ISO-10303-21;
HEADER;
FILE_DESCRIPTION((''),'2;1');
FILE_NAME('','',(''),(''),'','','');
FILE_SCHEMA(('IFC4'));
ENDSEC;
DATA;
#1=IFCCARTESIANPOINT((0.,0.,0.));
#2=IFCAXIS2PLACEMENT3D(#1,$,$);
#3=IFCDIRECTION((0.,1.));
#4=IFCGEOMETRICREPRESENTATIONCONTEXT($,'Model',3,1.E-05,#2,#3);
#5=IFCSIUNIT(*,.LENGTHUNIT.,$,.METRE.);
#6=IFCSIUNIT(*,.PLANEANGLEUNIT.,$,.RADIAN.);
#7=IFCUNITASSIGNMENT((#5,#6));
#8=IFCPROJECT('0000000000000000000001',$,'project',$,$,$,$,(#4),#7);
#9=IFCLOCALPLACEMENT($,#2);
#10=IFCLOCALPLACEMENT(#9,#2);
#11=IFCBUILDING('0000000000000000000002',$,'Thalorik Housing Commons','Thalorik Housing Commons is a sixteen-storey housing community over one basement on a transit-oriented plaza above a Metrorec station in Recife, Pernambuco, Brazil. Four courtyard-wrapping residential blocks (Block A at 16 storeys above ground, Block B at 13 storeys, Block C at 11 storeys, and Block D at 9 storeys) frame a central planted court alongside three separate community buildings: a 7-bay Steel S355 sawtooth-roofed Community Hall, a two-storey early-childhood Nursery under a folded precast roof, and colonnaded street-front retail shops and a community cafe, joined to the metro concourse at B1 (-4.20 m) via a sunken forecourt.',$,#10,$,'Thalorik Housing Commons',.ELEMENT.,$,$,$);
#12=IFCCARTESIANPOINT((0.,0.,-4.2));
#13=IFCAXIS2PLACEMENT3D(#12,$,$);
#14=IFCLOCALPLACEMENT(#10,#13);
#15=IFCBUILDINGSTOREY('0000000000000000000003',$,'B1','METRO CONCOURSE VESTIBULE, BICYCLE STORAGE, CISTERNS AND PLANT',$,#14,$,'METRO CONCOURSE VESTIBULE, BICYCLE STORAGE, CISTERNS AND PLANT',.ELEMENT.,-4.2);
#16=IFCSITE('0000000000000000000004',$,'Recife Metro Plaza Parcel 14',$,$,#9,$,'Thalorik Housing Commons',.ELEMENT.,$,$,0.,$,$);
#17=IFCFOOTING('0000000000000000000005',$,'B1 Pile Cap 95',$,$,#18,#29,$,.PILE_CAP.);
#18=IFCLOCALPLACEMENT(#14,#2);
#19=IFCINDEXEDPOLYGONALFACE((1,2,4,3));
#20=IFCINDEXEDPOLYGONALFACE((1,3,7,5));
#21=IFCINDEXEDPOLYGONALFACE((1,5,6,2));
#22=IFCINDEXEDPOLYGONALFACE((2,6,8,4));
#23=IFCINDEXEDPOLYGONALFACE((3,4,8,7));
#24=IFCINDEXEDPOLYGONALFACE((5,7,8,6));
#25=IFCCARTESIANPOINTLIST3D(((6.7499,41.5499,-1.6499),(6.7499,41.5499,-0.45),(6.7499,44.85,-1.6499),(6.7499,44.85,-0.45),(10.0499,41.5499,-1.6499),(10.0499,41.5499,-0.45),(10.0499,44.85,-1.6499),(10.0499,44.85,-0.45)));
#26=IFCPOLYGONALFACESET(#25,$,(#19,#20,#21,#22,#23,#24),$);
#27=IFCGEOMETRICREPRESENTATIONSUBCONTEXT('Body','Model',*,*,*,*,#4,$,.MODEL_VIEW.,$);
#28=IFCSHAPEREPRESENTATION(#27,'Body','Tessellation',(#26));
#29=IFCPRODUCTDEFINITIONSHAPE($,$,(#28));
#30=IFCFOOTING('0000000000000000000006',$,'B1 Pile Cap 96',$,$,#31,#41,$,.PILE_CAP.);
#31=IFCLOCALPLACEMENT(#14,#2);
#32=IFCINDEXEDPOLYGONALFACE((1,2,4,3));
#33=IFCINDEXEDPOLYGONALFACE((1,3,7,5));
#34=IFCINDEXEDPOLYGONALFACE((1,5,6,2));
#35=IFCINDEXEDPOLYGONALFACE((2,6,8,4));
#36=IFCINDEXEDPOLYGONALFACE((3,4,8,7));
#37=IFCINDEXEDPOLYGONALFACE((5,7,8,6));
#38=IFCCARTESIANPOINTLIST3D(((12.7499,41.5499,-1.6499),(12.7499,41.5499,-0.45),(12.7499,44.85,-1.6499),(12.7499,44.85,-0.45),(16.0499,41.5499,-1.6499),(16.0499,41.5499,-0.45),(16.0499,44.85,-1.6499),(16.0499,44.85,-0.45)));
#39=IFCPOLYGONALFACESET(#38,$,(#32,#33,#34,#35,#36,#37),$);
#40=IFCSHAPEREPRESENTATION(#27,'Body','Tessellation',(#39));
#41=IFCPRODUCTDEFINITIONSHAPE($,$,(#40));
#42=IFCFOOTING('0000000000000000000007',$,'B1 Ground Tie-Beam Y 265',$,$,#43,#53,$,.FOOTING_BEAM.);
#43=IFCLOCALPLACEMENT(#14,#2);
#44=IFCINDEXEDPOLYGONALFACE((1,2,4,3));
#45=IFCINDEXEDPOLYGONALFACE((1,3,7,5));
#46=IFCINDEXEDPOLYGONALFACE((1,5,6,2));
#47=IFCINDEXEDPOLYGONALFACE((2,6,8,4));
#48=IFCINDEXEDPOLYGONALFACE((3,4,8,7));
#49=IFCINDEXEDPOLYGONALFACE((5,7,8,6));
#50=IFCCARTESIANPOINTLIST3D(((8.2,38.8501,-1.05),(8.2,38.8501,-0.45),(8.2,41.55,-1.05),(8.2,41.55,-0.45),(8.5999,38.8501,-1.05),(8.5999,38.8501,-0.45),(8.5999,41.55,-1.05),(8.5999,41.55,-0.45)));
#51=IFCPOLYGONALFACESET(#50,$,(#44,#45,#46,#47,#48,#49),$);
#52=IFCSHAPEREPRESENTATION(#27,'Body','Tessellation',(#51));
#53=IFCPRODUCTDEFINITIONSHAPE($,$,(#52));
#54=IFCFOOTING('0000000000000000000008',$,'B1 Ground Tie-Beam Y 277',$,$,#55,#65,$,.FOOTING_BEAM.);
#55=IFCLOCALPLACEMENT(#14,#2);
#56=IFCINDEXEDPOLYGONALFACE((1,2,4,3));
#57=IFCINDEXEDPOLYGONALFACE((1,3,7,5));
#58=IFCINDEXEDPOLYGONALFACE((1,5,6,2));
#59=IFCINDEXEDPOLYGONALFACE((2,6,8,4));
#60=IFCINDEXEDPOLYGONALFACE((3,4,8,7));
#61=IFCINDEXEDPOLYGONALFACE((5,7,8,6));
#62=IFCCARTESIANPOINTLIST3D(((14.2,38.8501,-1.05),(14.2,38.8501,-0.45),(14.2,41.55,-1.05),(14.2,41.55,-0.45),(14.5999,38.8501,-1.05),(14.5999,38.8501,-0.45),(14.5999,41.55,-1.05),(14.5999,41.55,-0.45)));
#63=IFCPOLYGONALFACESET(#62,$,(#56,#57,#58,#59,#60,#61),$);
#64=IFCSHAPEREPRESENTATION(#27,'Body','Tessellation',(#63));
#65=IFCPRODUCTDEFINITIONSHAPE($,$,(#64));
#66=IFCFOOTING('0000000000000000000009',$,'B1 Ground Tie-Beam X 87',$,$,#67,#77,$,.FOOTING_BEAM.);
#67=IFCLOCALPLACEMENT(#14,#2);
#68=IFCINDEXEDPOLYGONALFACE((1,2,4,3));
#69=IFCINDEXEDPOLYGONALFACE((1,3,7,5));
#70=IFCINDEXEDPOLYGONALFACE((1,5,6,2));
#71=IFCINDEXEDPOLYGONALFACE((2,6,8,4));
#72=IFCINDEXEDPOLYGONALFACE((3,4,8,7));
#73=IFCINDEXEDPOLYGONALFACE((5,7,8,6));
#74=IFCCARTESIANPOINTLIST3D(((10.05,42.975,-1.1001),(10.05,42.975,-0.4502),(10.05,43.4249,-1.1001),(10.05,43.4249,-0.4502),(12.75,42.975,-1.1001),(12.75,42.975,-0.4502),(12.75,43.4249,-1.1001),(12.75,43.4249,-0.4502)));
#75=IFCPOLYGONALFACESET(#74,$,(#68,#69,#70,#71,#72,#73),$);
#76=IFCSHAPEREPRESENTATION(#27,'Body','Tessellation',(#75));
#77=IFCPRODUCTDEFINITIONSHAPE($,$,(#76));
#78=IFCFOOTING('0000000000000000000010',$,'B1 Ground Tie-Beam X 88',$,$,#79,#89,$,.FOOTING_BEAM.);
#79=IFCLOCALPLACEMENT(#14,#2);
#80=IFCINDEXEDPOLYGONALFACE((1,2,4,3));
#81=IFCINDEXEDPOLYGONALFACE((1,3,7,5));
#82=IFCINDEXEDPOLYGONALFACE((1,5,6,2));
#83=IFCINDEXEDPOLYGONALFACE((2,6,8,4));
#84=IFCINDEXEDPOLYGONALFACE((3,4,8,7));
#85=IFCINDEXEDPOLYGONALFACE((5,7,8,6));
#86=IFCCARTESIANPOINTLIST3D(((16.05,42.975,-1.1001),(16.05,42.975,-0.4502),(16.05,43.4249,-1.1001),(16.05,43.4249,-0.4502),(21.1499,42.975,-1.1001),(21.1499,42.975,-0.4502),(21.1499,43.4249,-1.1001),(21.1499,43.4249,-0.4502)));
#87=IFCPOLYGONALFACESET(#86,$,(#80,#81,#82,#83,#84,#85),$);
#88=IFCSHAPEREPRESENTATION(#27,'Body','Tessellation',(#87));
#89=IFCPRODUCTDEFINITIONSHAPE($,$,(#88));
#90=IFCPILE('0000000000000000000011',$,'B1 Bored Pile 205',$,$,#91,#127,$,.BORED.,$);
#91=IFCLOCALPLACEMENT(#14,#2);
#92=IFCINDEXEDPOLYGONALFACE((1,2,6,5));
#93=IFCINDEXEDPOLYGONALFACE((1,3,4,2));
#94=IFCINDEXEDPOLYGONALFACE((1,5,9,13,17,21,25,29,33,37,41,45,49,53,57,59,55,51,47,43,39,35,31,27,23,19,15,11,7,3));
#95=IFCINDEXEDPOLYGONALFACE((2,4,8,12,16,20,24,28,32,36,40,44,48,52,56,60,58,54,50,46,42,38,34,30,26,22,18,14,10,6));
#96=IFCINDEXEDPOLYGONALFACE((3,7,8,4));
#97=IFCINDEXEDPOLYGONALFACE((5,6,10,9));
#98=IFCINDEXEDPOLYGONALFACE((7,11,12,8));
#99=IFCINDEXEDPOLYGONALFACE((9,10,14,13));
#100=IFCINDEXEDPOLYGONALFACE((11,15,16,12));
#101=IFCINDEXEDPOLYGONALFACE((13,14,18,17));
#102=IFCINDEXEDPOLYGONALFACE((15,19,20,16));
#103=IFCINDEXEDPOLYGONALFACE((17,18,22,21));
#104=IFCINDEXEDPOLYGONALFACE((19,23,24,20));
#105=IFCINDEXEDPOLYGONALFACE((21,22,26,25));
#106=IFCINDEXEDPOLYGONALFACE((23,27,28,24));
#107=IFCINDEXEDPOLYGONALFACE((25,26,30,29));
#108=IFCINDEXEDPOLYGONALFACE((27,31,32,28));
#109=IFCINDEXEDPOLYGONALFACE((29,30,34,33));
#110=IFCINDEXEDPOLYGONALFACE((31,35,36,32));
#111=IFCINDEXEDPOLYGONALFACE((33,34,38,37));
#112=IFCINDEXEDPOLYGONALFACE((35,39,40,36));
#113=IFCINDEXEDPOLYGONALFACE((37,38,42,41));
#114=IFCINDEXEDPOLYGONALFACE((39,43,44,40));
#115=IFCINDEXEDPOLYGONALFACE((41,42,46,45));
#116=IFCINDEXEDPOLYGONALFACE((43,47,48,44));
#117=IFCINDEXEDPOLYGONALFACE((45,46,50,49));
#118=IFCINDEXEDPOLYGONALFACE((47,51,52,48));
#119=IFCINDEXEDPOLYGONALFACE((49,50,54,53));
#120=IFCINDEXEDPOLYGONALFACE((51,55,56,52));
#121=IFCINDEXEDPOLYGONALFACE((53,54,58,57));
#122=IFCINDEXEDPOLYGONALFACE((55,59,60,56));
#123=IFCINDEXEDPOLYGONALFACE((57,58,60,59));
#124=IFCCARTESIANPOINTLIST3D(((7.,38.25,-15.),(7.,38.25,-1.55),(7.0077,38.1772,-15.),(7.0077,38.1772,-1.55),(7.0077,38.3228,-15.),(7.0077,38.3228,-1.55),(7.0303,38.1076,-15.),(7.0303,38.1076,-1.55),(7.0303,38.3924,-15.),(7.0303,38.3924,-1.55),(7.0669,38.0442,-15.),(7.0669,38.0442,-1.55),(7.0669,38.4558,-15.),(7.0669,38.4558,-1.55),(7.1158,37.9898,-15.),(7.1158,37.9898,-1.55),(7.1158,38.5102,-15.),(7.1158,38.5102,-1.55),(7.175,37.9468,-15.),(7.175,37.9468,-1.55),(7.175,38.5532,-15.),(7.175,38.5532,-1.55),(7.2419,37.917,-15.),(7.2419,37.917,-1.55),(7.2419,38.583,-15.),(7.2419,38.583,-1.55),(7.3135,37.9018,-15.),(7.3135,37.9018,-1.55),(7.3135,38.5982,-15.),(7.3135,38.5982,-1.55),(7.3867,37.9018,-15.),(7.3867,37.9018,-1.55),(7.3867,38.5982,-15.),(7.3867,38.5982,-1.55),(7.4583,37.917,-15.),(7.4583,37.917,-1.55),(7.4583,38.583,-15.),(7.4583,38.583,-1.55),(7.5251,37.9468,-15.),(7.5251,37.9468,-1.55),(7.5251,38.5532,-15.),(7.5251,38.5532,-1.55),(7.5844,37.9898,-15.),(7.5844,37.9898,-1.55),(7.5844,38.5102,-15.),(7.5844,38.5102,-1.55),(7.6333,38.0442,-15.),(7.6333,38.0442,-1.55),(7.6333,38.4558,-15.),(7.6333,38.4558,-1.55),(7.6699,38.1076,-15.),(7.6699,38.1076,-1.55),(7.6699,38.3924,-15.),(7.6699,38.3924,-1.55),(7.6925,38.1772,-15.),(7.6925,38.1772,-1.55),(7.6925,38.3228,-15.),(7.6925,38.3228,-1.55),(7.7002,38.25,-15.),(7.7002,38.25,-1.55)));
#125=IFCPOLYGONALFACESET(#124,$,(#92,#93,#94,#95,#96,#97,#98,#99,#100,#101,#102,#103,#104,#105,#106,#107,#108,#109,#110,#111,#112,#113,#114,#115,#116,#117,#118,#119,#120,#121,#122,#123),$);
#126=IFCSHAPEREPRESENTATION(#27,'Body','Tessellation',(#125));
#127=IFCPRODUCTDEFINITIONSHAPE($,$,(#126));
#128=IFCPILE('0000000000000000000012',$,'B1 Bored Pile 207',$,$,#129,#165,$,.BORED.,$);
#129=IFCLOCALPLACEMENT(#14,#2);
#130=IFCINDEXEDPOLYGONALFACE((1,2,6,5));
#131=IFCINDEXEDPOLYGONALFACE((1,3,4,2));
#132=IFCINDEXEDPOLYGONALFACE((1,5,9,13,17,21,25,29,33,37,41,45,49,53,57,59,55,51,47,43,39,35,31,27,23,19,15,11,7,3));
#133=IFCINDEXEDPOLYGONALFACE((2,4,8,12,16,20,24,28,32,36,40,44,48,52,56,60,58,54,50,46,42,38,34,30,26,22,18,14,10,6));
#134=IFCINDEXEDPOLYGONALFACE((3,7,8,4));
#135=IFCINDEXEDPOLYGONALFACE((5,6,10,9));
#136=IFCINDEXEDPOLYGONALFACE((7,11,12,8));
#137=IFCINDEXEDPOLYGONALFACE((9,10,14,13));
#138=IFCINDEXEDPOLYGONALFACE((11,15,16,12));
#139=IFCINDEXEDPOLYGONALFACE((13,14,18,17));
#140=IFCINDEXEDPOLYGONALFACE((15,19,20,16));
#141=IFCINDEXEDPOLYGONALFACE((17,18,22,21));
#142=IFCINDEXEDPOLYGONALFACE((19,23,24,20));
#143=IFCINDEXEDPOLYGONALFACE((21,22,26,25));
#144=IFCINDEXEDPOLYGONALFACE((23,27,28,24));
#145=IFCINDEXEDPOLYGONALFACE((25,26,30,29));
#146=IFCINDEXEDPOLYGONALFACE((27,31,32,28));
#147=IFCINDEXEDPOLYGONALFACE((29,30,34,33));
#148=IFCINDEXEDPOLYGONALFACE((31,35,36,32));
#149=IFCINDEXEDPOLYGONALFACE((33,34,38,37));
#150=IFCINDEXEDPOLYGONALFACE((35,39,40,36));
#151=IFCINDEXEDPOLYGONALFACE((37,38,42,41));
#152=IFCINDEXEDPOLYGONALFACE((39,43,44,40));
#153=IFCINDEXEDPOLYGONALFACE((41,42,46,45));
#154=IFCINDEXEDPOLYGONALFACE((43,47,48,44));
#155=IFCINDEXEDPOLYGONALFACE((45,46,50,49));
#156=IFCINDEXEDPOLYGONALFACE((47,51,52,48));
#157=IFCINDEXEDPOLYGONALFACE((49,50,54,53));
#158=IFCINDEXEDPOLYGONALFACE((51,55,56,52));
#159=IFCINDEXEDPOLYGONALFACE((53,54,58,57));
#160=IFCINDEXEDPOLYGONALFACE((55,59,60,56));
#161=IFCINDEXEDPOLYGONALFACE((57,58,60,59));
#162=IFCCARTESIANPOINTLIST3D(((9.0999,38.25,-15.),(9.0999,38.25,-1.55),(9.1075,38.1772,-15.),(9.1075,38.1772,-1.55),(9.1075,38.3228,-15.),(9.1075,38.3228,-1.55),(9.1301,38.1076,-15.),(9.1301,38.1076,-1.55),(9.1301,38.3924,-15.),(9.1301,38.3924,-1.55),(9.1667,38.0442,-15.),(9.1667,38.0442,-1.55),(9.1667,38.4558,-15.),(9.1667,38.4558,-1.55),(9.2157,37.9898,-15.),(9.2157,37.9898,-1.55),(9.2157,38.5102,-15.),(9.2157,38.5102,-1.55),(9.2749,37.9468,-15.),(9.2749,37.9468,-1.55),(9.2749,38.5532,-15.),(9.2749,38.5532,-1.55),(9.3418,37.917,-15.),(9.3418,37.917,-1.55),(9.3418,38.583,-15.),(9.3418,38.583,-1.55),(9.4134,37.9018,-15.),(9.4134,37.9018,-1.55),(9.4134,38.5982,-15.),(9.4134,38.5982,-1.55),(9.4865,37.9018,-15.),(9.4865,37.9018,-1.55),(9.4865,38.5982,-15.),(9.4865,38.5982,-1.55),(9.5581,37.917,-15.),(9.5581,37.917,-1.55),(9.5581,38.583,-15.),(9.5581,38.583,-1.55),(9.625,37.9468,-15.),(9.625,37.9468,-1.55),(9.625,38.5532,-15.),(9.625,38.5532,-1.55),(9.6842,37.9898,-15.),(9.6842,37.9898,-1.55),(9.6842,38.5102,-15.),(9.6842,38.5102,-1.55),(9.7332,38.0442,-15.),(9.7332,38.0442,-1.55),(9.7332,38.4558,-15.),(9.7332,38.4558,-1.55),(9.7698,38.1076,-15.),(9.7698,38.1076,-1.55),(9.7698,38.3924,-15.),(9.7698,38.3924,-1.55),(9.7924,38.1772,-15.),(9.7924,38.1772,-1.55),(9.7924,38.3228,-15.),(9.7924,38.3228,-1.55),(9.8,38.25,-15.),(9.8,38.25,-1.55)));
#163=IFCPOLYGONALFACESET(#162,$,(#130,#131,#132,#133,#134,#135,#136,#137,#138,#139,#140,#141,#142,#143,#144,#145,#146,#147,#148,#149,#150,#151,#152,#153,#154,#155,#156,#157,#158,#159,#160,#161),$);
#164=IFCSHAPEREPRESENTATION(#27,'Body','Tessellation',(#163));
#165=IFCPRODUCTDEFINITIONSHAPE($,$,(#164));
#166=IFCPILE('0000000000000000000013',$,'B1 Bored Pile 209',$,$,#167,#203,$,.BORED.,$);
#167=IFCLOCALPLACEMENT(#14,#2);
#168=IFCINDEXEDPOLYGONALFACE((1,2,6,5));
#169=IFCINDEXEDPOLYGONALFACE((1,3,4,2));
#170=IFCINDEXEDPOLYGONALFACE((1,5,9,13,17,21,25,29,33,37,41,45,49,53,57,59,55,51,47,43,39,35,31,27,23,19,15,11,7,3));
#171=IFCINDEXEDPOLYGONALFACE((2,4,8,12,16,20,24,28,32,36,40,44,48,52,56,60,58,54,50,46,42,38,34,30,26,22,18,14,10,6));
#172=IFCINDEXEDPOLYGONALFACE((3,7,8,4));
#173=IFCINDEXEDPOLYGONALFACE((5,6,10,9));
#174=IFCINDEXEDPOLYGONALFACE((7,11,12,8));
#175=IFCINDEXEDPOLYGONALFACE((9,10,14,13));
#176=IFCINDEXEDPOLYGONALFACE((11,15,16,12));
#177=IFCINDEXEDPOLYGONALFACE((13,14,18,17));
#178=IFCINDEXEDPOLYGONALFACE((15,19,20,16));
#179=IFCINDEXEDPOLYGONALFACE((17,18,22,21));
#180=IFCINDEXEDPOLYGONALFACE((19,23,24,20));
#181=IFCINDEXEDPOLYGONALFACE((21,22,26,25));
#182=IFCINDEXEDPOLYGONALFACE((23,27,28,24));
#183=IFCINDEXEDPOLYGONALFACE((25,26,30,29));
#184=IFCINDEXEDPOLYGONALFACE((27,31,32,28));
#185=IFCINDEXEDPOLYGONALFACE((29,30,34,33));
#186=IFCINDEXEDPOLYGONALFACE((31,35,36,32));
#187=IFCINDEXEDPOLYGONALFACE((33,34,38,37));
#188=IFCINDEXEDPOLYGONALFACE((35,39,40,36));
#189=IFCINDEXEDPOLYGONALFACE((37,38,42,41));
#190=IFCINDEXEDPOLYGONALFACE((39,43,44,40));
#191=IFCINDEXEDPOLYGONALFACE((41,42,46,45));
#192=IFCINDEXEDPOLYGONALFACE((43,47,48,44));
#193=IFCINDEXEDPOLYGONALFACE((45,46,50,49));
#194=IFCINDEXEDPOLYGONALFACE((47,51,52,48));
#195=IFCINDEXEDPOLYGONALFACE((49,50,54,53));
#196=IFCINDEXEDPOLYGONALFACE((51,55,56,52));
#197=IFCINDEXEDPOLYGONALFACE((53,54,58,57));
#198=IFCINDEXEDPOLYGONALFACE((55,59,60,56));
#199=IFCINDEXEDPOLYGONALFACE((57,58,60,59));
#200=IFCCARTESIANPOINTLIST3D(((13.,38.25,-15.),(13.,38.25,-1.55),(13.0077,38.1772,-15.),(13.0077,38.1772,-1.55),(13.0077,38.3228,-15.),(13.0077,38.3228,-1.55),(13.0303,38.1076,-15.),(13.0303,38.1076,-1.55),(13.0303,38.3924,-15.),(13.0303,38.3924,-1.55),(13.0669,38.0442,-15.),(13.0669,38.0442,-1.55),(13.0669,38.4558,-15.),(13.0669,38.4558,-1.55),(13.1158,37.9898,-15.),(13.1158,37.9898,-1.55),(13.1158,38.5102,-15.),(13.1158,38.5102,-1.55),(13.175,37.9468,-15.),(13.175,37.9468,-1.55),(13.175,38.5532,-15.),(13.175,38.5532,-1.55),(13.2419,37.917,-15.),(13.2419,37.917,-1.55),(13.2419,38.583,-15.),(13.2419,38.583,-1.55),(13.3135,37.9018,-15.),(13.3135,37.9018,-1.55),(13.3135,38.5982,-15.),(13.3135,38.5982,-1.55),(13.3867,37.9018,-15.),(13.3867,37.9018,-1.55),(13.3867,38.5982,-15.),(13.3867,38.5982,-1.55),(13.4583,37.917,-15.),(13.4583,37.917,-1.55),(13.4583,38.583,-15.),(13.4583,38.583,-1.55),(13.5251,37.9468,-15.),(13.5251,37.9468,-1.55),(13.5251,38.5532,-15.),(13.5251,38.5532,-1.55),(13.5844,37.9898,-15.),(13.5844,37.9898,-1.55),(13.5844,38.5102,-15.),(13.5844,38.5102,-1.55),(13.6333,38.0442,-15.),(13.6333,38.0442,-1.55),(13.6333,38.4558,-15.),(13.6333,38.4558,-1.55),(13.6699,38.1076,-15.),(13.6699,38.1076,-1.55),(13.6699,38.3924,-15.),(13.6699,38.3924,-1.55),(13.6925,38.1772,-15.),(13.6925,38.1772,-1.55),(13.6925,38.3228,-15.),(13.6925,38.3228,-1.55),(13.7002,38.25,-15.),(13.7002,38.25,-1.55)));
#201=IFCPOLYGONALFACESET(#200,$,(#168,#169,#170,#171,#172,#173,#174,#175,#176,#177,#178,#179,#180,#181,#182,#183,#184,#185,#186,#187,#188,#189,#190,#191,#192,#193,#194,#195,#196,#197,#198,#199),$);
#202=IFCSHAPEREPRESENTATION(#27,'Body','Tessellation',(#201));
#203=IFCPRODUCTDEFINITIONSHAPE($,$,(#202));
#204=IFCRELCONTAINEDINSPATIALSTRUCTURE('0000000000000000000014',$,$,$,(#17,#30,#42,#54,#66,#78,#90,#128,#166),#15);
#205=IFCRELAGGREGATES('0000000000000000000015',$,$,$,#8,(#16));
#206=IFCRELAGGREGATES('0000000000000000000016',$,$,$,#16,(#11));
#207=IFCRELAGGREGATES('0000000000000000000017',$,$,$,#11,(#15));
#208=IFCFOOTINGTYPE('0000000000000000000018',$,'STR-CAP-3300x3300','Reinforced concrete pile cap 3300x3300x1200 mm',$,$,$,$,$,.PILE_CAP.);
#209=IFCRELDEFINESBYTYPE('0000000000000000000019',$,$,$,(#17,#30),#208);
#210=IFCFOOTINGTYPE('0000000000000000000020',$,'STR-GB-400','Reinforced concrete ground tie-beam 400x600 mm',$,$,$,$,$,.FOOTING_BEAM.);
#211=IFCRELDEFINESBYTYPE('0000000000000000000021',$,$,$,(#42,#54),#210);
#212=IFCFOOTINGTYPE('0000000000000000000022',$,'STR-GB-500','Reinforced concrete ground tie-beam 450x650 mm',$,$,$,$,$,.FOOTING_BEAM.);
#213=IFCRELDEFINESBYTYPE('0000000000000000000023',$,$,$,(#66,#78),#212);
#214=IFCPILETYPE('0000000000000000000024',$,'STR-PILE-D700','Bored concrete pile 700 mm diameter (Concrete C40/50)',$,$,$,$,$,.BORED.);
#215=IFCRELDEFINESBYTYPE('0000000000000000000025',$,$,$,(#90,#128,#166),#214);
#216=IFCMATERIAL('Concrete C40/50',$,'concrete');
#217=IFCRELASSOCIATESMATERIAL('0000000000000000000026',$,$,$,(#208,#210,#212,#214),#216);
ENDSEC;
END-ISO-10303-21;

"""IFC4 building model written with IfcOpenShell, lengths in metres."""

from ifc_helpers import new_model, si_unit, direction, frame, origin, origin_2d, place, context, subcontext, project, spatial, rectangle, circle, extrude, material, material_profile, profile_set, type_object, element, save


model = new_model("IFC4")

# Units and contexts
model_context = context("Model", 3, precision=1e-05, world=origin(), true_north=direction((0.0, 1.0)))
body_context = subcontext(model_context, "Body", "Model", "MODEL_VIEW")
ifc_project = project(units=[si_unit("LENGTHUNIT", "METRE"), si_unit("PLANEANGLEUNIT", "RADIAN")], contexts=[model_context])

# Site, building, storey
site_placement = place(None, origin())
site = spatial("IfcSite", under=ifc_project, at=site_placement, Name="Recife Metro Plaza Parcel 14", LongName="Thalorik Housing Commons", CompositionType="ELEMENT", RefElevation=0.0)
building_placement = place(site_placement, origin())
building = spatial("IfcBuilding", under=site, at=building_placement, Name="Thalorik Housing Commons", Description="Thalorik Housing Commons is a sixteen-storey housing community over one basement on a transit-oriented plaza above a Metrorec station in Recife, Pernambuco, Brazil. Four courtyard-wrapping residential blocks (Block A at 16 storeys above ground, Block B at 13 storeys, Block C at 11 storeys, and Block D at 9 storeys) frame a central planted court alongside three separate community buildings: a 7-bay Steel S355 sawtooth-roofed Community Hall, a two-storey early-childhood Nursery under a folded precast roof, and colonnaded street-front retail shops and a community cafe, joined to the metro concourse at B1 (-4.20 m) via a sunken forecourt.", LongName="Thalorik Housing Commons", CompositionType="ELEMENT")
storey_placement = place(building_placement, frame((0.0, 0.0, -4.2)))
storey = spatial("IfcBuildingStorey", under=building, at=storey_placement, Name="B1", Description="METRO CONCOURSE VESTIBULE, BICYCLE STORAGE, CISTERNS AND PLANT", LongName="METRO CONCOURSE VESTIBULE, BICYCLE STORAGE, CISTERNS AND PLANT", CompositionType="ELEMENT", Elevation=-4.2)

# Footings
ifc_material_1 = material(Name="Concrete C40/50", Category="concrete")
footing_type_1 = type_object("IfcFootingType", Name="STR-CAP-3300x3300", Description="Reinforced concrete pile cap 3300x3300x1200 mm", PredefinedType="PILE_CAP", material=ifc_material_1)
for number, where, z_axis, x_axis, name in (
    (1, (8.3999, 43.2, -1.6499), (0.0, 0.0, 1.0), (1.0, 0.0, 0.0), "B1 Pile Cap 95"),
    (2, (14.3999, 43.2, -1.6499), (0.0, 0.0, 1.0), (1.0, 0.0, 0.0), "B1 Pile Cap 96"),
):
    element("IfcFooting", number, at=place(storey_placement, frame(where, z_axis=z_axis, x_axis=x_axis)), inside=storey, type_object=footing_type_1, Name=name, PredefinedType="PILE_CAP", context=body_context, shape_type="SweptSolid", body=[
        extrude(rectangle(XDim=3.3, YDim=3.3, at=origin_2d()), origin(), (0.0, 0.0, 1.0), 1.2),
    ])
ifc_material_profile_1 = material_profile(ifc_material_1, rectangle(XDim=0.3999, YDim=0.6001, at=origin_2d()), Name="RC 400x600", Category="concrete")
ifc_profile_set_1 = profile_set([ifc_material_profile_1], Name="Concrete C40/50")
footing_type_2 = type_object("IfcFootingType", Name="STR-GB-400", Description="Reinforced concrete ground tie-beam 400x600 mm", PredefinedType="FOOTING_BEAM", material=ifc_profile_set_1)
for number, where, z_axis, x_axis, name in (
    (3, (8.3999, 38.8501, -0.75), (0.0, 1.0, 0.0), (-1.0, 0.0, 0.0), "B1 Ground Tie-Beam Y 265"),
    (4, (14.3999, 38.8501, -0.75), (0.0, 1.0, 0.0), (-1.0, 0.0, 0.0), "B1 Ground Tie-Beam Y 277"),
):
    element("IfcFooting", number, at=place(storey_placement, frame(where, z_axis=z_axis, x_axis=x_axis)), inside=storey, type_object=footing_type_2, Name=name, PredefinedType="FOOTING_BEAM", context=body_context, shape_type="SweptSolid", body=[
        extrude(rectangle(XDim=0.3999, YDim=0.6001, at=origin_2d()), origin(), (0.0, 0.0, 1.0), 2.7),
    ])
ifc_material_profile_2 = material_profile(ifc_material_1, rectangle(XDim=0.45, YDim=0.6499, at=origin_2d()), Name="RC 450x650", Category="concrete")
ifc_profile_set_2 = profile_set([ifc_material_profile_2], Name="Concrete C40/50")
footing_type_3 = type_object("IfcFootingType", Name="STR-GB-500", Description="Reinforced concrete ground tie-beam 450x650 mm", PredefinedType="FOOTING_BEAM", material=ifc_profile_set_2)
footing_1_placement = place(storey_placement, frame((10.05, 43.2, -0.7751), z_axis=(1.0, 0.0, 0.0), x_axis=(0.0, 1.0, 0.0)))
element("IfcFooting", 5, at=footing_1_placement, inside=storey, type_object=footing_type_3, Name="B1 Ground Tie-Beam X 87", PredefinedType="FOOTING_BEAM", context=body_context, shape_type="SweptSolid", body=[
    extrude(rectangle(XDim=0.45, YDim=0.6499, at=origin_2d()), origin(), (0.0, 0.0, 1.0), 2.7),
])
footing_2_placement = place(storey_placement, frame((16.05, 43.2, -0.7751), z_axis=(1.0, 0.0, 0.0), x_axis=(0.0, 1.0, 0.0)))
element("IfcFooting", 6, at=footing_2_placement, inside=storey, type_object=footing_type_3, Name="B1 Ground Tie-Beam X 88", PredefinedType="FOOTING_BEAM", context=body_context, shape_type="SweptSolid", body=[
    extrude(rectangle(XDim=0.45, YDim=0.6499, at=origin_2d()), origin(), (0.0, 0.0, 1.0), 5.0999),
])

# Piles
ifc_material_profile_3 = material_profile(ifc_material_1, circle(Radius=0.3501, at=origin_2d()), Name="BORED PILE D700", Category="concrete")
ifc_profile_set_3 = profile_set([ifc_material_profile_3], Name="Concrete C40/50")
pile_type = type_object("IfcPileType", Name="STR-PILE-D700", Description="Bored concrete pile 700 mm diameter (Concrete C40/50)", PredefinedType="BORED", material=ifc_profile_set_3)
for number, where, z_axis, x_axis, name in (
    (7, (7.3501, 38.25, -1.55), (0.0, 0.0, -1.0), (1.0, 0.0, 0.0), "B1 Bored Pile 205"),
    (8, (9.45, 38.25, -1.55), (0.0, 0.0, -1.0), (1.0, 0.0, 0.0), "B1 Bored Pile 207"),
    (9, (13.3501, 38.25, -1.55), (0.0, 0.0, -1.0), (1.0, 0.0, 0.0), "B1 Bored Pile 209"),
):
    element("IfcPile", number, at=place(storey_placement, frame(where, z_axis=z_axis, x_axis=x_axis)), inside=storey, type_object=pile_type, Name=name, PredefinedType="BORED", context=body_context, shape_type="SweptSolid", body=[
        extrude(circle(Radius=0.3501, at=origin_2d()), origin(), (0.0, 0.0, 1.0), 13.45),
    ])

save(model, "model.ifc")
